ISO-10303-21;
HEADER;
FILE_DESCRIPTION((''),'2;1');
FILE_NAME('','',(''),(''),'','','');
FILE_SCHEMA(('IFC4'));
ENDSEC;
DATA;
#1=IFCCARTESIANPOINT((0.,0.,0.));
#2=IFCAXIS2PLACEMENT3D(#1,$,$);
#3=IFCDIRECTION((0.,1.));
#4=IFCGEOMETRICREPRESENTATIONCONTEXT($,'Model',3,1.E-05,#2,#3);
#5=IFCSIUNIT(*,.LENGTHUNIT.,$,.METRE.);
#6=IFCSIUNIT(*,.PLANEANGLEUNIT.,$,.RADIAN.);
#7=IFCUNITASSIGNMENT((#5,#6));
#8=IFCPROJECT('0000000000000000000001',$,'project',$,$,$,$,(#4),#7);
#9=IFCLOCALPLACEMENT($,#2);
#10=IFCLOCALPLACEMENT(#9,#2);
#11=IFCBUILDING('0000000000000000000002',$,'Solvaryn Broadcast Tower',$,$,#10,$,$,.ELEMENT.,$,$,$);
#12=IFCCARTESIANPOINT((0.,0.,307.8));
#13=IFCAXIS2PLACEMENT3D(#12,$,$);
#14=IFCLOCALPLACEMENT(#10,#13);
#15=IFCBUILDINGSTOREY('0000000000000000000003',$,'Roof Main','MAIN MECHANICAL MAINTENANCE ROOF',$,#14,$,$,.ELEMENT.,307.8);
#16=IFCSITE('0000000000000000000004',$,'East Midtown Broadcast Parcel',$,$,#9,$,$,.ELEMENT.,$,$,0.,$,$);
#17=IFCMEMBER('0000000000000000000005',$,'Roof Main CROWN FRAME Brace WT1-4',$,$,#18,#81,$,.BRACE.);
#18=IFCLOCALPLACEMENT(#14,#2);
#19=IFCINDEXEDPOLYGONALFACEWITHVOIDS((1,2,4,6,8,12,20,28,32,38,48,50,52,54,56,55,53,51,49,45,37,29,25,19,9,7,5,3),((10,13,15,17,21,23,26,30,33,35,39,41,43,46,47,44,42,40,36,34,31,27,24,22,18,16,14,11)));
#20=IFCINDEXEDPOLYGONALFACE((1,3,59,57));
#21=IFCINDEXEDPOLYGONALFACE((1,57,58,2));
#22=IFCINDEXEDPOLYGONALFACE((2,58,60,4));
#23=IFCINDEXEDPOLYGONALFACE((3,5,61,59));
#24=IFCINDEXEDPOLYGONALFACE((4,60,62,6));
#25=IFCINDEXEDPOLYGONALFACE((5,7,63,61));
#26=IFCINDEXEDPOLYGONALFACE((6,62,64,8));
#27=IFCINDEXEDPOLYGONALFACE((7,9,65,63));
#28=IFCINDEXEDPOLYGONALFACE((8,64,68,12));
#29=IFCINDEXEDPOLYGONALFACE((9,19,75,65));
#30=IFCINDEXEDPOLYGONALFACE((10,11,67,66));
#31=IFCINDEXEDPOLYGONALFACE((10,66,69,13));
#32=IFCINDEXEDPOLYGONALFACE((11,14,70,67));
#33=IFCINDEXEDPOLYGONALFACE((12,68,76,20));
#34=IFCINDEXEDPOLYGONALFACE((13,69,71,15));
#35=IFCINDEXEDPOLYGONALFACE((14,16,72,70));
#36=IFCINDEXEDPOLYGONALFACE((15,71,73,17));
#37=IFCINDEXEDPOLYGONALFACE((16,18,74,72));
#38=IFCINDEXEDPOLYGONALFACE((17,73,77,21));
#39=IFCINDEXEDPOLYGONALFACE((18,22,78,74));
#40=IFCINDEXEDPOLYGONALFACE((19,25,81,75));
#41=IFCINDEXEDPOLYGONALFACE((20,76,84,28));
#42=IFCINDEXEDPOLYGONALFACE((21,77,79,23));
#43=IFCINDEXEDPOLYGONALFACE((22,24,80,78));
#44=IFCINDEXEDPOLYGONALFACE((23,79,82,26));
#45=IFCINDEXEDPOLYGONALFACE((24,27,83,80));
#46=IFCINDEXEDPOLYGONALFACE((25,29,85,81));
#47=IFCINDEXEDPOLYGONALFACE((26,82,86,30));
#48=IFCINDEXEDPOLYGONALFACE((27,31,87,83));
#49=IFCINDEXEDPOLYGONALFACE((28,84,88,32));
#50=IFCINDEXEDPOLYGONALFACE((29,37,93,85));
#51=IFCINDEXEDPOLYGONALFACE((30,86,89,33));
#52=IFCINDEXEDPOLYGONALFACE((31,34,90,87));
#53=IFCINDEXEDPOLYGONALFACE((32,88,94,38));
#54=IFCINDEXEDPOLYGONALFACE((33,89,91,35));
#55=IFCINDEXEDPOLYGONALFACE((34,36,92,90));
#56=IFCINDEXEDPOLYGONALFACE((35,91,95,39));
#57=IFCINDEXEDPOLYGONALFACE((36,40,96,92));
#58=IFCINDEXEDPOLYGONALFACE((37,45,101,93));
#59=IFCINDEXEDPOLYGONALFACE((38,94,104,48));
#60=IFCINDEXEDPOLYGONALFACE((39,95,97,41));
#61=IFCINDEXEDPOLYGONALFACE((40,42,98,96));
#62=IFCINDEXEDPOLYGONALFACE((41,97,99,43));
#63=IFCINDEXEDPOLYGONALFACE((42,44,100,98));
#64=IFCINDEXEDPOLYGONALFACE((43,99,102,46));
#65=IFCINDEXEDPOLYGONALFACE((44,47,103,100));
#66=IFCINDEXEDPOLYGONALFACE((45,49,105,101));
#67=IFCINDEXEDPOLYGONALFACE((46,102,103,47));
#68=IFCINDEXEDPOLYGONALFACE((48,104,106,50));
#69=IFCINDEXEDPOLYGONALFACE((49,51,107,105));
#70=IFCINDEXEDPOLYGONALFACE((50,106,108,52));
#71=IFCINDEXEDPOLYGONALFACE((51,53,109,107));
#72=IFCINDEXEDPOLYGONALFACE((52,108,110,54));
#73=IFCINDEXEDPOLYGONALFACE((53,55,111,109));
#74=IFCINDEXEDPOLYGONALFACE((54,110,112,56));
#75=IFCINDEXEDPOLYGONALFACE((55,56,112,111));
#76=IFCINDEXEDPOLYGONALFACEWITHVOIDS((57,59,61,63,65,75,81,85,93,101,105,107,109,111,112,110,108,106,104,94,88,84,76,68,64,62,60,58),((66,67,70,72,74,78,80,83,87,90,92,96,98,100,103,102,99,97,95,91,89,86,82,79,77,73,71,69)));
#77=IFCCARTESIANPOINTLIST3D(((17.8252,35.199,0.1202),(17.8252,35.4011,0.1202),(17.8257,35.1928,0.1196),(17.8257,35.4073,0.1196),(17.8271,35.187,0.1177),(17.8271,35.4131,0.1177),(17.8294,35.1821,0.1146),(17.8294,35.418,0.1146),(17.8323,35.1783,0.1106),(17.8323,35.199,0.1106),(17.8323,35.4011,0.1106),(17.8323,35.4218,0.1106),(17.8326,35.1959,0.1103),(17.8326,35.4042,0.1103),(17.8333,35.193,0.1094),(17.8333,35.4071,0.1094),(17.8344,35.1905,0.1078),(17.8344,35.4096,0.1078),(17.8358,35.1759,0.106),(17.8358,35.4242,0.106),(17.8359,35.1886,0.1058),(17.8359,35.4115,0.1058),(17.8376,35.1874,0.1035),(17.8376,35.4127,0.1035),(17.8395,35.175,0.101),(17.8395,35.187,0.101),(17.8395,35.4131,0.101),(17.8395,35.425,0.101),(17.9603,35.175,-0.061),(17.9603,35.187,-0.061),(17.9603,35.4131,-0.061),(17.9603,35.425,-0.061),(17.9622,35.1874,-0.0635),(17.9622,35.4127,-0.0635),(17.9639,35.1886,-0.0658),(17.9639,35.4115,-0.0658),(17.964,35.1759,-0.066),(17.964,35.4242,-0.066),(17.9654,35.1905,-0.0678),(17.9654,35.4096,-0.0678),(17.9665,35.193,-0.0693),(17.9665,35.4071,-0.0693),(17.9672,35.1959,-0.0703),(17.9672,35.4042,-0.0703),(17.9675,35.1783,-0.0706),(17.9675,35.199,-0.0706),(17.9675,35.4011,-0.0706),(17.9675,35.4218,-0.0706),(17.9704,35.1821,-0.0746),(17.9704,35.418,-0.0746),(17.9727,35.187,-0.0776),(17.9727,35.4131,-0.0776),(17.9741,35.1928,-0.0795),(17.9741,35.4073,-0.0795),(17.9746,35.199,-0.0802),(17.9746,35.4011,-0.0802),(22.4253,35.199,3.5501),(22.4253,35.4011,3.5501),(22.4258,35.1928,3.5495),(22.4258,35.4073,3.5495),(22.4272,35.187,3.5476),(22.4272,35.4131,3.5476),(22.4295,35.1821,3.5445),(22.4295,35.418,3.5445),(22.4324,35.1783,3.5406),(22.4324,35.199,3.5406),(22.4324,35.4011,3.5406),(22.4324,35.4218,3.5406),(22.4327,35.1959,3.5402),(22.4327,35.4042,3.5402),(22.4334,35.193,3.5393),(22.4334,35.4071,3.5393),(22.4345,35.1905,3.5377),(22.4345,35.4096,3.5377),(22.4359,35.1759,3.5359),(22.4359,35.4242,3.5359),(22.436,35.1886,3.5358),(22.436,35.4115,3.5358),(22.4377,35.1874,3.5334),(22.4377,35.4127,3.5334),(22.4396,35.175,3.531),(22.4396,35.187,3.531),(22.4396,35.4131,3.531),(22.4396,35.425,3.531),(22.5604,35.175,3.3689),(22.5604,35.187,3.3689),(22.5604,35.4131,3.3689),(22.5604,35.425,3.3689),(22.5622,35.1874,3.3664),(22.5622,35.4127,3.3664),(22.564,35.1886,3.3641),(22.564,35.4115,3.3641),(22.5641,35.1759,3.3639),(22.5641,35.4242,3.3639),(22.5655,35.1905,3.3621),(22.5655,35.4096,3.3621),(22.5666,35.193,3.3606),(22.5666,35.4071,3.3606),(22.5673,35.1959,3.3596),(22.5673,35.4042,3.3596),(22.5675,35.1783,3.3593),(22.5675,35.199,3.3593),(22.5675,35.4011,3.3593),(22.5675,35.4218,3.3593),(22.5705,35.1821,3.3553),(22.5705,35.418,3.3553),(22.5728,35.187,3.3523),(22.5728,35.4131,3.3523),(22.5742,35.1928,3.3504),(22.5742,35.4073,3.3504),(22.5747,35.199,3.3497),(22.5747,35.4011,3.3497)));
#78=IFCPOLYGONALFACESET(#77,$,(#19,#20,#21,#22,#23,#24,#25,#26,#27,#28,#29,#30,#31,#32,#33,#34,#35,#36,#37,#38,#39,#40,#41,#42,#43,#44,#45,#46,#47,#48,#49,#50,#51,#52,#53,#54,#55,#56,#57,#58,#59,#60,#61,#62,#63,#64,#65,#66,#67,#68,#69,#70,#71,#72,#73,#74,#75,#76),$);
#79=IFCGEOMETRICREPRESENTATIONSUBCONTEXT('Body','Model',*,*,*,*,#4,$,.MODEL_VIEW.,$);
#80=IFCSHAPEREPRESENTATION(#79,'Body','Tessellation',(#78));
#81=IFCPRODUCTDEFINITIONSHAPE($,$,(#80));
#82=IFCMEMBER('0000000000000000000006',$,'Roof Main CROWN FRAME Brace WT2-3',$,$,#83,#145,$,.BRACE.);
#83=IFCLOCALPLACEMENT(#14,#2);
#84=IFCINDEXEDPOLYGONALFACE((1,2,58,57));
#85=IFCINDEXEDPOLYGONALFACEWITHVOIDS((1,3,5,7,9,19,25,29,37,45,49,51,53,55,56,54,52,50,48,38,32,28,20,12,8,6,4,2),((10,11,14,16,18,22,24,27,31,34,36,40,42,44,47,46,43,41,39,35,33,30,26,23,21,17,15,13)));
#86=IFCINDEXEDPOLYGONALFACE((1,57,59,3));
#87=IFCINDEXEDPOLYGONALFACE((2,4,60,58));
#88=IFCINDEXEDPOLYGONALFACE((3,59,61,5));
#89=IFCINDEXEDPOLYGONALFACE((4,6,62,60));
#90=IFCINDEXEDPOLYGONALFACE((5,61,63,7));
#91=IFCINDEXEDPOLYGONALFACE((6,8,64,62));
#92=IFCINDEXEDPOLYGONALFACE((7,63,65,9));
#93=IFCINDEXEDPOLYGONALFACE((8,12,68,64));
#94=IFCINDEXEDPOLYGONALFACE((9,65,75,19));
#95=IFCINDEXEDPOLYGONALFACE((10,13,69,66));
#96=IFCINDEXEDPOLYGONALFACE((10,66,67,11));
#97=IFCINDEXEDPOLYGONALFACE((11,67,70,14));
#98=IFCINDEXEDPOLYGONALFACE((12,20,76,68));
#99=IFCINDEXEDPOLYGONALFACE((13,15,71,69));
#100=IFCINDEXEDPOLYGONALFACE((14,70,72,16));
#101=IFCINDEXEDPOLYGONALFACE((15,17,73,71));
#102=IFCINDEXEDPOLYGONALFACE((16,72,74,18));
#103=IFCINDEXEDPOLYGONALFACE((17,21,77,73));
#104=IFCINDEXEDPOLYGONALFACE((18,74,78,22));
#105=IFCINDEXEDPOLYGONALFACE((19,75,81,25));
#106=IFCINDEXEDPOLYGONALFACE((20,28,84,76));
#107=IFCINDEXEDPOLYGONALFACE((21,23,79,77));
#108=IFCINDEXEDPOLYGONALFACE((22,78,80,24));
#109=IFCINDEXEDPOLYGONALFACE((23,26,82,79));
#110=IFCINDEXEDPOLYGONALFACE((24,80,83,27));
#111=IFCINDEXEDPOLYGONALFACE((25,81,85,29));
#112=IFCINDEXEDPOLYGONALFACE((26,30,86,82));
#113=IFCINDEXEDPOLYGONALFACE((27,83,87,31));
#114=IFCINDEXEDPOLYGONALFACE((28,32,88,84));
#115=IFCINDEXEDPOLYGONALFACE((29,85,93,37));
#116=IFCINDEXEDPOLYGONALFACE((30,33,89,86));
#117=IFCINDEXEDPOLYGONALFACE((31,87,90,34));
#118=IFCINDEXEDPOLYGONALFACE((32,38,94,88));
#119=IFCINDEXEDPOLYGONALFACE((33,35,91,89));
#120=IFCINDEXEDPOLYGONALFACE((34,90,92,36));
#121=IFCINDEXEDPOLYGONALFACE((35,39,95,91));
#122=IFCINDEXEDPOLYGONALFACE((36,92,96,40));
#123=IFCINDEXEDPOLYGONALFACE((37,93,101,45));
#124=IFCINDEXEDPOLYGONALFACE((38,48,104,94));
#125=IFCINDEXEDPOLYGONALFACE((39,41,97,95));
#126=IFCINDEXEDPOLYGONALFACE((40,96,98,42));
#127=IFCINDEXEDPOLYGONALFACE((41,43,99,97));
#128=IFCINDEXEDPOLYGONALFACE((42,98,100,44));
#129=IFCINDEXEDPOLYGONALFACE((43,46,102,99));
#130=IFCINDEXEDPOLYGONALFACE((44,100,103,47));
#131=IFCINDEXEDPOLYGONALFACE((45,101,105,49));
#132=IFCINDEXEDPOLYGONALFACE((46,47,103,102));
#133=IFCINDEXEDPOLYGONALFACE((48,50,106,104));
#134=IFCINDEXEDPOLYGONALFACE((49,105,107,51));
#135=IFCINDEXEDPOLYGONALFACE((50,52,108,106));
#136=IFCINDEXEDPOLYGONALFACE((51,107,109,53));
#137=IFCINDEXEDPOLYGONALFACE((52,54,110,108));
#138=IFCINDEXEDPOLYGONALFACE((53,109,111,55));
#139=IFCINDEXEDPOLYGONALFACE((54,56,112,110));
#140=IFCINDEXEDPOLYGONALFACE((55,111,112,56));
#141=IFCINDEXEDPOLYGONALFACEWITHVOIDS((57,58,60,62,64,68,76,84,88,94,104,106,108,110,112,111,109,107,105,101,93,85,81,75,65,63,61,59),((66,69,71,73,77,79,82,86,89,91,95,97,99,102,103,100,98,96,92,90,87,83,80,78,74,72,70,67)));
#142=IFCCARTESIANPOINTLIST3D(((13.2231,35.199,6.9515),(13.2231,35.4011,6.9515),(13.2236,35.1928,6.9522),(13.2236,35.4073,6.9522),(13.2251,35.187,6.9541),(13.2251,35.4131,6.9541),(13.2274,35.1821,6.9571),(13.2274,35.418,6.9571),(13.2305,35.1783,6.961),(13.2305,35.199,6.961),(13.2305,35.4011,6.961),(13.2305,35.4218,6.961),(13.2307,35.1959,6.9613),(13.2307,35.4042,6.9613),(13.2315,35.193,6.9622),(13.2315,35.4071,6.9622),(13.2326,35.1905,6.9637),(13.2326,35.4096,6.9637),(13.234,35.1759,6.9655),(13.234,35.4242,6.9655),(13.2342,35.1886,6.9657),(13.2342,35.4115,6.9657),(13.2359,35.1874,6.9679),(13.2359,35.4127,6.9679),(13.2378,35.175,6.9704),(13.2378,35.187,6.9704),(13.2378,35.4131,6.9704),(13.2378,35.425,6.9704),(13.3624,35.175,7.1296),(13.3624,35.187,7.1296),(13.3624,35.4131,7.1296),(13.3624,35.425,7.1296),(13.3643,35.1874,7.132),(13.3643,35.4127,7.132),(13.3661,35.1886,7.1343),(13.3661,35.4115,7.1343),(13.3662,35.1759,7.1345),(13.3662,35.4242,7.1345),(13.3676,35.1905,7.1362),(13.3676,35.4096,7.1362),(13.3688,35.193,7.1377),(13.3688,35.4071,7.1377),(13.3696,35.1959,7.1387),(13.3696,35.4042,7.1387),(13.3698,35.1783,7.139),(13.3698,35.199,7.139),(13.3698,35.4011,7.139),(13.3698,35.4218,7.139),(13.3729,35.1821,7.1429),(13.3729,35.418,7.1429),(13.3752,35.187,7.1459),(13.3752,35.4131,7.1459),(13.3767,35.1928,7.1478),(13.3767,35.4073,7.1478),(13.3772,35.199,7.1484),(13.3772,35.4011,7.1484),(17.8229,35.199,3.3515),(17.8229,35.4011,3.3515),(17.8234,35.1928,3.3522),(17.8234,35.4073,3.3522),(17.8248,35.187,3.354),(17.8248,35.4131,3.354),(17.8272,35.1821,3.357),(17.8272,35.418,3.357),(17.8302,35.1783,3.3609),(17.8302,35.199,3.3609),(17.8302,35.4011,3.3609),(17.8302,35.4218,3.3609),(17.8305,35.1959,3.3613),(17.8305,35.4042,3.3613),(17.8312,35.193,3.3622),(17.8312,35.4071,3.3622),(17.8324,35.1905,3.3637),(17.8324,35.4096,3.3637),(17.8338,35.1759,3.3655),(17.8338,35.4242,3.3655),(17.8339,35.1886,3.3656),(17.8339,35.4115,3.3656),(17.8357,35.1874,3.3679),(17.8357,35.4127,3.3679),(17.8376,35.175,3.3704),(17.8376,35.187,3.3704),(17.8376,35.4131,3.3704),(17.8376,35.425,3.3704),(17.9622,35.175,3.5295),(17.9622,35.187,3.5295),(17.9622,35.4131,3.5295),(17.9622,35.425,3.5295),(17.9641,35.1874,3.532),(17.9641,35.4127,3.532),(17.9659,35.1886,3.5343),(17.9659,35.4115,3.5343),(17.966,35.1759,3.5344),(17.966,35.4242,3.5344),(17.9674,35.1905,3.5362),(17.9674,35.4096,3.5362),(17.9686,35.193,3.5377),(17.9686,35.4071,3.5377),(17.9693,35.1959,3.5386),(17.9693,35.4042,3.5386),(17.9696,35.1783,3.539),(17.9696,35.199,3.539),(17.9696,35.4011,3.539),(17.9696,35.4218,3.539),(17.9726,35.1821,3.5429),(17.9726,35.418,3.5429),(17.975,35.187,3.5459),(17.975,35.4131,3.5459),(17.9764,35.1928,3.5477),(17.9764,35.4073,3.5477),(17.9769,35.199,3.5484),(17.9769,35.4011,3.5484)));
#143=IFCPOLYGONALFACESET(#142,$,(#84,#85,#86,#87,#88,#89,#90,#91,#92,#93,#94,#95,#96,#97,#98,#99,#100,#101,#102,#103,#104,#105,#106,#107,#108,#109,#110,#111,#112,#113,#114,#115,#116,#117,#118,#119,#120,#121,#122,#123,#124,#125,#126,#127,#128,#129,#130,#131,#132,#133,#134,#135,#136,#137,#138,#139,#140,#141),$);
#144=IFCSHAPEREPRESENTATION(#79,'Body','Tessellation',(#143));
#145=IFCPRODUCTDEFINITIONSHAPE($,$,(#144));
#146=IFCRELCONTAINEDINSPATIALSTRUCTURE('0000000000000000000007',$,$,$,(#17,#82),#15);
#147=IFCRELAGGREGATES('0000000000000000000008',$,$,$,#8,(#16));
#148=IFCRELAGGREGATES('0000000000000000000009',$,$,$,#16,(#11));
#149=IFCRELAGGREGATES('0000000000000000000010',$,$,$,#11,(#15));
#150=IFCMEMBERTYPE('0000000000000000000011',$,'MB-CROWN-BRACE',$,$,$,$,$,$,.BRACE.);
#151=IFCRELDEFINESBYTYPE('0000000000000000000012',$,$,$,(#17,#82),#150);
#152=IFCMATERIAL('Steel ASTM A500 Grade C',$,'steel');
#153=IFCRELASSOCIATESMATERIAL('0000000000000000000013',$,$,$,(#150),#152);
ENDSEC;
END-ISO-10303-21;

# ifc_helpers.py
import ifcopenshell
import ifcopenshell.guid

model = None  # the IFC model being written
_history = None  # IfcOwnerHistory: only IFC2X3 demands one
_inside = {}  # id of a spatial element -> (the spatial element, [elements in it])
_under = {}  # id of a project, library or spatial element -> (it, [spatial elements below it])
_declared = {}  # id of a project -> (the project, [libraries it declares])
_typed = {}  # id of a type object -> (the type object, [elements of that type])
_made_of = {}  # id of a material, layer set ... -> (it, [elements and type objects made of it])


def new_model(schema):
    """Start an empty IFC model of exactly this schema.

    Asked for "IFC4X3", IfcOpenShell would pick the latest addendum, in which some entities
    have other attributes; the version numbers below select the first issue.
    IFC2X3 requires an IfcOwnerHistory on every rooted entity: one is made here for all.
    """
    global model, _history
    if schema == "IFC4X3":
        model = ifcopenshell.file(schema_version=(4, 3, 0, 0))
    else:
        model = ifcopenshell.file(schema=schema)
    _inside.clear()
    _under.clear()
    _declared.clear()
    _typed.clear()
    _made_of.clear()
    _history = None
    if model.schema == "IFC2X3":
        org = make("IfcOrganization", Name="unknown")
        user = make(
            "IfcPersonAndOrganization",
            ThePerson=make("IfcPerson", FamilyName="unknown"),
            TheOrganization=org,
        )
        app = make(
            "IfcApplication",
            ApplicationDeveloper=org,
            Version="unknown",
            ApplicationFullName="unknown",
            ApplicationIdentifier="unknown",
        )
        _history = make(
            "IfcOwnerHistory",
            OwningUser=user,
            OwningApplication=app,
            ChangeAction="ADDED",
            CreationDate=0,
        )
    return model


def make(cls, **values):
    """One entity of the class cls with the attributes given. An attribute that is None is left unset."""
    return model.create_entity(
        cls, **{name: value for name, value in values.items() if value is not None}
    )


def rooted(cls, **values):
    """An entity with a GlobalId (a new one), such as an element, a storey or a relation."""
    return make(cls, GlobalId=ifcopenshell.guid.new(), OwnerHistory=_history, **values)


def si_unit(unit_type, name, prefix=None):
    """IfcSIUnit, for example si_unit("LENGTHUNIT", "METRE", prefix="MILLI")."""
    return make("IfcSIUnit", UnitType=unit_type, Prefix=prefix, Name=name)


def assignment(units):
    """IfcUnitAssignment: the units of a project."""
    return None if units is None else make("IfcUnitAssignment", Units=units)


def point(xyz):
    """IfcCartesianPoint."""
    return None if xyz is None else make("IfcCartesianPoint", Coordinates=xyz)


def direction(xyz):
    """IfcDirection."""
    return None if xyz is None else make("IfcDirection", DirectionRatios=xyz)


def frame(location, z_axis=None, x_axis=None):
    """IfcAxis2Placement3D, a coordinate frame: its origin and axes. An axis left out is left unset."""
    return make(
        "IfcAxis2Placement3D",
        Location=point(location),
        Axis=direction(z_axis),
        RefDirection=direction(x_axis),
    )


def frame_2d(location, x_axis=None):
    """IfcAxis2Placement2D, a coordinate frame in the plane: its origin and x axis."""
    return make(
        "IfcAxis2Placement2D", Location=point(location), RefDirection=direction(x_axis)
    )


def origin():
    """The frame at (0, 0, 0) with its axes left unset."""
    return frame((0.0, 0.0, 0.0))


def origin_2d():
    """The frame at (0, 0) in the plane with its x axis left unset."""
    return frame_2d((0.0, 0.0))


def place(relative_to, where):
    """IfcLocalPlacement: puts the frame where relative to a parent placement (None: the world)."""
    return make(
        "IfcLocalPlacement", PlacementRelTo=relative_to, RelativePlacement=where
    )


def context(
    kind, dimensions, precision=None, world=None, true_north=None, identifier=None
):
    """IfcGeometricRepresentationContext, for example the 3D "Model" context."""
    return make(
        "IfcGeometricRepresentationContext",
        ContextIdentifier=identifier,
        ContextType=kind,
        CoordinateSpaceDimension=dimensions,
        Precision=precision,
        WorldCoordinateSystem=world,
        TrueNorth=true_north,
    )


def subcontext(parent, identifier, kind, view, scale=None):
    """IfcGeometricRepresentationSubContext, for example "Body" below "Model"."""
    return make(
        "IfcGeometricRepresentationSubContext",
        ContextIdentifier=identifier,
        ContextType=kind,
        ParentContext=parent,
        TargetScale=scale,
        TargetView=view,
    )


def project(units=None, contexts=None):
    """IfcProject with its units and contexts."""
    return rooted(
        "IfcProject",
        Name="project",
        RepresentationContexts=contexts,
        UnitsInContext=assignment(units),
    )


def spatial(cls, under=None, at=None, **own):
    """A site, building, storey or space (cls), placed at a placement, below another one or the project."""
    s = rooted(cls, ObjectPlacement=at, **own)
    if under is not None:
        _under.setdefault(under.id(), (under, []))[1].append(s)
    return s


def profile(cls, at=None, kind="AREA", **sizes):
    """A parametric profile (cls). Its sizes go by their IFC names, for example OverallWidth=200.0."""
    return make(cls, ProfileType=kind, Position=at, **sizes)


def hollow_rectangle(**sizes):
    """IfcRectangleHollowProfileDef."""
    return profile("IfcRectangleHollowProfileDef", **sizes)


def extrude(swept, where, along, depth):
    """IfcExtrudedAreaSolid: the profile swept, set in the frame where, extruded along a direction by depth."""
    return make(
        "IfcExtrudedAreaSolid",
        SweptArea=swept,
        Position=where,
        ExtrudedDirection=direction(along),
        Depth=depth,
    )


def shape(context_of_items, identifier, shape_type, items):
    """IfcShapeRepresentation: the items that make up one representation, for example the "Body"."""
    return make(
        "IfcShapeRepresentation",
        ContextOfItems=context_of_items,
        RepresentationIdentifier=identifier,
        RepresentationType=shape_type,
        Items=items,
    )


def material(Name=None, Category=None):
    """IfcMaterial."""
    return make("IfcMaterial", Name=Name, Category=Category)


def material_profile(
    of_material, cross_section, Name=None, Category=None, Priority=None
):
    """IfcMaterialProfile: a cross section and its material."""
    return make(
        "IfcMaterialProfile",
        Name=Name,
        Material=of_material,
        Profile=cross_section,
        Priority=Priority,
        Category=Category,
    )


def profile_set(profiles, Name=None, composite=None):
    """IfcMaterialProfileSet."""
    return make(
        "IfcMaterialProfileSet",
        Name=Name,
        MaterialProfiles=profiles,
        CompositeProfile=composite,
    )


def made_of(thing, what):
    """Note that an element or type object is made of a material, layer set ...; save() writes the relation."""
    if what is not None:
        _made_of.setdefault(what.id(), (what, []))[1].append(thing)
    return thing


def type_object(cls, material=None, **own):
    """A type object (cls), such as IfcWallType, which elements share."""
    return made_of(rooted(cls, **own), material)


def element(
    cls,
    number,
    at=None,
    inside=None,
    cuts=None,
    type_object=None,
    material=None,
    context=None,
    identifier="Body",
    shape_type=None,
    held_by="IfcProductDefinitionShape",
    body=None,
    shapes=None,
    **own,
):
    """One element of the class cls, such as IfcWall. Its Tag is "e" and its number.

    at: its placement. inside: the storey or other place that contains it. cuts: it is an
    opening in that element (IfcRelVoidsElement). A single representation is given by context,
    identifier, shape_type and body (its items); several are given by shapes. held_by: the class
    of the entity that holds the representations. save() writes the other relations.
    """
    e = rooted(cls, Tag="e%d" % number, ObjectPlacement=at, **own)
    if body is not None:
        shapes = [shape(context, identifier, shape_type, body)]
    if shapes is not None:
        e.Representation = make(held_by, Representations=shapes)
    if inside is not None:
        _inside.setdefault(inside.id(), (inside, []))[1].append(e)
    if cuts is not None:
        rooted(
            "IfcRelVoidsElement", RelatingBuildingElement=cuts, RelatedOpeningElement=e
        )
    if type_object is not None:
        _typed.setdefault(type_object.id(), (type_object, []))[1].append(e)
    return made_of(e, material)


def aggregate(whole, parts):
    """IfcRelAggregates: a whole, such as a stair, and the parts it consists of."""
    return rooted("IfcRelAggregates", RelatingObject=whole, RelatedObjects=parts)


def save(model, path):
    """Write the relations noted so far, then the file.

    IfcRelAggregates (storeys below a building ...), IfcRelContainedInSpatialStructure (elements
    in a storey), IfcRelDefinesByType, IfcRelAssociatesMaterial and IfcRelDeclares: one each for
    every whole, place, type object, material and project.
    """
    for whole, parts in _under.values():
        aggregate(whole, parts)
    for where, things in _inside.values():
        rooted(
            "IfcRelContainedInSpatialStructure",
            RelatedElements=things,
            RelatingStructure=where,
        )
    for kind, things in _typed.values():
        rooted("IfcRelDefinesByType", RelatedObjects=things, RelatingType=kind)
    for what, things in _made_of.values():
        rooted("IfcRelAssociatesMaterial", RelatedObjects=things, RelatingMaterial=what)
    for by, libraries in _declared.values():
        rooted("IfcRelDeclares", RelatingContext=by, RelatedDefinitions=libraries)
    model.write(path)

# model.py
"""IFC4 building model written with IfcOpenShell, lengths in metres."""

from ifc_helpers import new_model, si_unit, direction, frame, origin, origin_2d, place, context, subcontext, project, spatial, hollow_rectangle, extrude, material, material_profile, profile_set, type_object, element, save


model = new_model("IFC4")

# Units and contexts
model_context = context("Model", 3, precision=1e-05, world=origin(), true_north=direction((0.0, 1.0)))
body_context = subcontext(model_context, "Body", "Model", "MODEL_VIEW")
ifc_project = project(units=[si_unit("LENGTHUNIT", "METRE"), si_unit("PLANEANGLEUNIT", "RADIAN")], contexts=[model_context])

# Site, building, storey
site_placement = place(None, origin())
site = spatial("IfcSite", under=ifc_project, at=site_placement, Name="East Midtown Broadcast Parcel", CompositionType="ELEMENT", RefElevation=0.0)
building_placement = place(site_placement, origin())
building = spatial("IfcBuilding", under=site, at=building_placement, Name="Solvaryn Broadcast Tower", CompositionType="ELEMENT")
storey_placement = place(building_placement, frame((0.0, 0.0, 307.8)))
storey = spatial("IfcBuildingStorey", under=building, at=storey_placement, Name="Roof Main", Description="MAIN MECHANICAL MAINTENANCE ROOF", CompositionType="ELEMENT", Elevation=307.8)

# Members
ifc_material_1 = material(Name="Steel ASTM A500 Grade C", Category="steel")
ifc_material_profile_1 = material_profile(ifc_material_1, hollow_rectangle(XDim=0.25, YDim=0.25, WallThickness=0.012, InnerFilletRadius=0.012, OuterFilletRadius=0.0239, at=origin_2d()))
ifc_profile_set_1 = profile_set([ifc_material_profile_1], Name="Steel ASTM A500 Grade C")
member_type_1 = type_object("IfcMemberType", Name="MB-CROWN-BRACE", PredefinedType="BRACE", material=ifc_profile_set_1)
member_1_placement = place(storey_placement, frame((17.8999, 35.3, 0.02), z_axis=(0.801682, 0.0, 0.597751), x_axis=(0.0, 1.0, 0.0)))
element("IfcMember", 1, at=member_1_placement, inside=storey, type_object=member_type_1, Name="Roof Main CROWN FRAME Brace WT1-4", PredefinedType="BRACE", context=body_context, shape_type="SweptSolid", body=[
    extrude(hollow_rectangle(XDim=0.25, YDim=0.25, WallThickness=0.012, InnerFilletRadius=0.012, OuterFilletRadius=0.0239, at=origin_2d()), origin(), (0.0, 0.0, 1.0), 5.738),
])
member_2_placement = place(storey_placement, frame((17.8999, 35.3, 3.45), z_axis=(-0.787487, 0.0, 0.616331), x_axis=(0.0, -1.0, 0.0)))
element("IfcMember", 2, at=member_2_placement, inside=storey, type_object=member_type_1, Name="Roof Main CROWN FRAME Brace WT2-3", PredefinedType="BRACE", context=body_context, shape_type="SweptSolid", body=[
    extrude(hollow_rectangle(XDim=0.25, YDim=0.25, WallThickness=0.012, InnerFilletRadius=0.012, OuterFilletRadius=0.0239, at=origin_2d()), origin(), (0.0, 0.0, 1.0), 5.8411),
])

save(model, "model.ifc")
